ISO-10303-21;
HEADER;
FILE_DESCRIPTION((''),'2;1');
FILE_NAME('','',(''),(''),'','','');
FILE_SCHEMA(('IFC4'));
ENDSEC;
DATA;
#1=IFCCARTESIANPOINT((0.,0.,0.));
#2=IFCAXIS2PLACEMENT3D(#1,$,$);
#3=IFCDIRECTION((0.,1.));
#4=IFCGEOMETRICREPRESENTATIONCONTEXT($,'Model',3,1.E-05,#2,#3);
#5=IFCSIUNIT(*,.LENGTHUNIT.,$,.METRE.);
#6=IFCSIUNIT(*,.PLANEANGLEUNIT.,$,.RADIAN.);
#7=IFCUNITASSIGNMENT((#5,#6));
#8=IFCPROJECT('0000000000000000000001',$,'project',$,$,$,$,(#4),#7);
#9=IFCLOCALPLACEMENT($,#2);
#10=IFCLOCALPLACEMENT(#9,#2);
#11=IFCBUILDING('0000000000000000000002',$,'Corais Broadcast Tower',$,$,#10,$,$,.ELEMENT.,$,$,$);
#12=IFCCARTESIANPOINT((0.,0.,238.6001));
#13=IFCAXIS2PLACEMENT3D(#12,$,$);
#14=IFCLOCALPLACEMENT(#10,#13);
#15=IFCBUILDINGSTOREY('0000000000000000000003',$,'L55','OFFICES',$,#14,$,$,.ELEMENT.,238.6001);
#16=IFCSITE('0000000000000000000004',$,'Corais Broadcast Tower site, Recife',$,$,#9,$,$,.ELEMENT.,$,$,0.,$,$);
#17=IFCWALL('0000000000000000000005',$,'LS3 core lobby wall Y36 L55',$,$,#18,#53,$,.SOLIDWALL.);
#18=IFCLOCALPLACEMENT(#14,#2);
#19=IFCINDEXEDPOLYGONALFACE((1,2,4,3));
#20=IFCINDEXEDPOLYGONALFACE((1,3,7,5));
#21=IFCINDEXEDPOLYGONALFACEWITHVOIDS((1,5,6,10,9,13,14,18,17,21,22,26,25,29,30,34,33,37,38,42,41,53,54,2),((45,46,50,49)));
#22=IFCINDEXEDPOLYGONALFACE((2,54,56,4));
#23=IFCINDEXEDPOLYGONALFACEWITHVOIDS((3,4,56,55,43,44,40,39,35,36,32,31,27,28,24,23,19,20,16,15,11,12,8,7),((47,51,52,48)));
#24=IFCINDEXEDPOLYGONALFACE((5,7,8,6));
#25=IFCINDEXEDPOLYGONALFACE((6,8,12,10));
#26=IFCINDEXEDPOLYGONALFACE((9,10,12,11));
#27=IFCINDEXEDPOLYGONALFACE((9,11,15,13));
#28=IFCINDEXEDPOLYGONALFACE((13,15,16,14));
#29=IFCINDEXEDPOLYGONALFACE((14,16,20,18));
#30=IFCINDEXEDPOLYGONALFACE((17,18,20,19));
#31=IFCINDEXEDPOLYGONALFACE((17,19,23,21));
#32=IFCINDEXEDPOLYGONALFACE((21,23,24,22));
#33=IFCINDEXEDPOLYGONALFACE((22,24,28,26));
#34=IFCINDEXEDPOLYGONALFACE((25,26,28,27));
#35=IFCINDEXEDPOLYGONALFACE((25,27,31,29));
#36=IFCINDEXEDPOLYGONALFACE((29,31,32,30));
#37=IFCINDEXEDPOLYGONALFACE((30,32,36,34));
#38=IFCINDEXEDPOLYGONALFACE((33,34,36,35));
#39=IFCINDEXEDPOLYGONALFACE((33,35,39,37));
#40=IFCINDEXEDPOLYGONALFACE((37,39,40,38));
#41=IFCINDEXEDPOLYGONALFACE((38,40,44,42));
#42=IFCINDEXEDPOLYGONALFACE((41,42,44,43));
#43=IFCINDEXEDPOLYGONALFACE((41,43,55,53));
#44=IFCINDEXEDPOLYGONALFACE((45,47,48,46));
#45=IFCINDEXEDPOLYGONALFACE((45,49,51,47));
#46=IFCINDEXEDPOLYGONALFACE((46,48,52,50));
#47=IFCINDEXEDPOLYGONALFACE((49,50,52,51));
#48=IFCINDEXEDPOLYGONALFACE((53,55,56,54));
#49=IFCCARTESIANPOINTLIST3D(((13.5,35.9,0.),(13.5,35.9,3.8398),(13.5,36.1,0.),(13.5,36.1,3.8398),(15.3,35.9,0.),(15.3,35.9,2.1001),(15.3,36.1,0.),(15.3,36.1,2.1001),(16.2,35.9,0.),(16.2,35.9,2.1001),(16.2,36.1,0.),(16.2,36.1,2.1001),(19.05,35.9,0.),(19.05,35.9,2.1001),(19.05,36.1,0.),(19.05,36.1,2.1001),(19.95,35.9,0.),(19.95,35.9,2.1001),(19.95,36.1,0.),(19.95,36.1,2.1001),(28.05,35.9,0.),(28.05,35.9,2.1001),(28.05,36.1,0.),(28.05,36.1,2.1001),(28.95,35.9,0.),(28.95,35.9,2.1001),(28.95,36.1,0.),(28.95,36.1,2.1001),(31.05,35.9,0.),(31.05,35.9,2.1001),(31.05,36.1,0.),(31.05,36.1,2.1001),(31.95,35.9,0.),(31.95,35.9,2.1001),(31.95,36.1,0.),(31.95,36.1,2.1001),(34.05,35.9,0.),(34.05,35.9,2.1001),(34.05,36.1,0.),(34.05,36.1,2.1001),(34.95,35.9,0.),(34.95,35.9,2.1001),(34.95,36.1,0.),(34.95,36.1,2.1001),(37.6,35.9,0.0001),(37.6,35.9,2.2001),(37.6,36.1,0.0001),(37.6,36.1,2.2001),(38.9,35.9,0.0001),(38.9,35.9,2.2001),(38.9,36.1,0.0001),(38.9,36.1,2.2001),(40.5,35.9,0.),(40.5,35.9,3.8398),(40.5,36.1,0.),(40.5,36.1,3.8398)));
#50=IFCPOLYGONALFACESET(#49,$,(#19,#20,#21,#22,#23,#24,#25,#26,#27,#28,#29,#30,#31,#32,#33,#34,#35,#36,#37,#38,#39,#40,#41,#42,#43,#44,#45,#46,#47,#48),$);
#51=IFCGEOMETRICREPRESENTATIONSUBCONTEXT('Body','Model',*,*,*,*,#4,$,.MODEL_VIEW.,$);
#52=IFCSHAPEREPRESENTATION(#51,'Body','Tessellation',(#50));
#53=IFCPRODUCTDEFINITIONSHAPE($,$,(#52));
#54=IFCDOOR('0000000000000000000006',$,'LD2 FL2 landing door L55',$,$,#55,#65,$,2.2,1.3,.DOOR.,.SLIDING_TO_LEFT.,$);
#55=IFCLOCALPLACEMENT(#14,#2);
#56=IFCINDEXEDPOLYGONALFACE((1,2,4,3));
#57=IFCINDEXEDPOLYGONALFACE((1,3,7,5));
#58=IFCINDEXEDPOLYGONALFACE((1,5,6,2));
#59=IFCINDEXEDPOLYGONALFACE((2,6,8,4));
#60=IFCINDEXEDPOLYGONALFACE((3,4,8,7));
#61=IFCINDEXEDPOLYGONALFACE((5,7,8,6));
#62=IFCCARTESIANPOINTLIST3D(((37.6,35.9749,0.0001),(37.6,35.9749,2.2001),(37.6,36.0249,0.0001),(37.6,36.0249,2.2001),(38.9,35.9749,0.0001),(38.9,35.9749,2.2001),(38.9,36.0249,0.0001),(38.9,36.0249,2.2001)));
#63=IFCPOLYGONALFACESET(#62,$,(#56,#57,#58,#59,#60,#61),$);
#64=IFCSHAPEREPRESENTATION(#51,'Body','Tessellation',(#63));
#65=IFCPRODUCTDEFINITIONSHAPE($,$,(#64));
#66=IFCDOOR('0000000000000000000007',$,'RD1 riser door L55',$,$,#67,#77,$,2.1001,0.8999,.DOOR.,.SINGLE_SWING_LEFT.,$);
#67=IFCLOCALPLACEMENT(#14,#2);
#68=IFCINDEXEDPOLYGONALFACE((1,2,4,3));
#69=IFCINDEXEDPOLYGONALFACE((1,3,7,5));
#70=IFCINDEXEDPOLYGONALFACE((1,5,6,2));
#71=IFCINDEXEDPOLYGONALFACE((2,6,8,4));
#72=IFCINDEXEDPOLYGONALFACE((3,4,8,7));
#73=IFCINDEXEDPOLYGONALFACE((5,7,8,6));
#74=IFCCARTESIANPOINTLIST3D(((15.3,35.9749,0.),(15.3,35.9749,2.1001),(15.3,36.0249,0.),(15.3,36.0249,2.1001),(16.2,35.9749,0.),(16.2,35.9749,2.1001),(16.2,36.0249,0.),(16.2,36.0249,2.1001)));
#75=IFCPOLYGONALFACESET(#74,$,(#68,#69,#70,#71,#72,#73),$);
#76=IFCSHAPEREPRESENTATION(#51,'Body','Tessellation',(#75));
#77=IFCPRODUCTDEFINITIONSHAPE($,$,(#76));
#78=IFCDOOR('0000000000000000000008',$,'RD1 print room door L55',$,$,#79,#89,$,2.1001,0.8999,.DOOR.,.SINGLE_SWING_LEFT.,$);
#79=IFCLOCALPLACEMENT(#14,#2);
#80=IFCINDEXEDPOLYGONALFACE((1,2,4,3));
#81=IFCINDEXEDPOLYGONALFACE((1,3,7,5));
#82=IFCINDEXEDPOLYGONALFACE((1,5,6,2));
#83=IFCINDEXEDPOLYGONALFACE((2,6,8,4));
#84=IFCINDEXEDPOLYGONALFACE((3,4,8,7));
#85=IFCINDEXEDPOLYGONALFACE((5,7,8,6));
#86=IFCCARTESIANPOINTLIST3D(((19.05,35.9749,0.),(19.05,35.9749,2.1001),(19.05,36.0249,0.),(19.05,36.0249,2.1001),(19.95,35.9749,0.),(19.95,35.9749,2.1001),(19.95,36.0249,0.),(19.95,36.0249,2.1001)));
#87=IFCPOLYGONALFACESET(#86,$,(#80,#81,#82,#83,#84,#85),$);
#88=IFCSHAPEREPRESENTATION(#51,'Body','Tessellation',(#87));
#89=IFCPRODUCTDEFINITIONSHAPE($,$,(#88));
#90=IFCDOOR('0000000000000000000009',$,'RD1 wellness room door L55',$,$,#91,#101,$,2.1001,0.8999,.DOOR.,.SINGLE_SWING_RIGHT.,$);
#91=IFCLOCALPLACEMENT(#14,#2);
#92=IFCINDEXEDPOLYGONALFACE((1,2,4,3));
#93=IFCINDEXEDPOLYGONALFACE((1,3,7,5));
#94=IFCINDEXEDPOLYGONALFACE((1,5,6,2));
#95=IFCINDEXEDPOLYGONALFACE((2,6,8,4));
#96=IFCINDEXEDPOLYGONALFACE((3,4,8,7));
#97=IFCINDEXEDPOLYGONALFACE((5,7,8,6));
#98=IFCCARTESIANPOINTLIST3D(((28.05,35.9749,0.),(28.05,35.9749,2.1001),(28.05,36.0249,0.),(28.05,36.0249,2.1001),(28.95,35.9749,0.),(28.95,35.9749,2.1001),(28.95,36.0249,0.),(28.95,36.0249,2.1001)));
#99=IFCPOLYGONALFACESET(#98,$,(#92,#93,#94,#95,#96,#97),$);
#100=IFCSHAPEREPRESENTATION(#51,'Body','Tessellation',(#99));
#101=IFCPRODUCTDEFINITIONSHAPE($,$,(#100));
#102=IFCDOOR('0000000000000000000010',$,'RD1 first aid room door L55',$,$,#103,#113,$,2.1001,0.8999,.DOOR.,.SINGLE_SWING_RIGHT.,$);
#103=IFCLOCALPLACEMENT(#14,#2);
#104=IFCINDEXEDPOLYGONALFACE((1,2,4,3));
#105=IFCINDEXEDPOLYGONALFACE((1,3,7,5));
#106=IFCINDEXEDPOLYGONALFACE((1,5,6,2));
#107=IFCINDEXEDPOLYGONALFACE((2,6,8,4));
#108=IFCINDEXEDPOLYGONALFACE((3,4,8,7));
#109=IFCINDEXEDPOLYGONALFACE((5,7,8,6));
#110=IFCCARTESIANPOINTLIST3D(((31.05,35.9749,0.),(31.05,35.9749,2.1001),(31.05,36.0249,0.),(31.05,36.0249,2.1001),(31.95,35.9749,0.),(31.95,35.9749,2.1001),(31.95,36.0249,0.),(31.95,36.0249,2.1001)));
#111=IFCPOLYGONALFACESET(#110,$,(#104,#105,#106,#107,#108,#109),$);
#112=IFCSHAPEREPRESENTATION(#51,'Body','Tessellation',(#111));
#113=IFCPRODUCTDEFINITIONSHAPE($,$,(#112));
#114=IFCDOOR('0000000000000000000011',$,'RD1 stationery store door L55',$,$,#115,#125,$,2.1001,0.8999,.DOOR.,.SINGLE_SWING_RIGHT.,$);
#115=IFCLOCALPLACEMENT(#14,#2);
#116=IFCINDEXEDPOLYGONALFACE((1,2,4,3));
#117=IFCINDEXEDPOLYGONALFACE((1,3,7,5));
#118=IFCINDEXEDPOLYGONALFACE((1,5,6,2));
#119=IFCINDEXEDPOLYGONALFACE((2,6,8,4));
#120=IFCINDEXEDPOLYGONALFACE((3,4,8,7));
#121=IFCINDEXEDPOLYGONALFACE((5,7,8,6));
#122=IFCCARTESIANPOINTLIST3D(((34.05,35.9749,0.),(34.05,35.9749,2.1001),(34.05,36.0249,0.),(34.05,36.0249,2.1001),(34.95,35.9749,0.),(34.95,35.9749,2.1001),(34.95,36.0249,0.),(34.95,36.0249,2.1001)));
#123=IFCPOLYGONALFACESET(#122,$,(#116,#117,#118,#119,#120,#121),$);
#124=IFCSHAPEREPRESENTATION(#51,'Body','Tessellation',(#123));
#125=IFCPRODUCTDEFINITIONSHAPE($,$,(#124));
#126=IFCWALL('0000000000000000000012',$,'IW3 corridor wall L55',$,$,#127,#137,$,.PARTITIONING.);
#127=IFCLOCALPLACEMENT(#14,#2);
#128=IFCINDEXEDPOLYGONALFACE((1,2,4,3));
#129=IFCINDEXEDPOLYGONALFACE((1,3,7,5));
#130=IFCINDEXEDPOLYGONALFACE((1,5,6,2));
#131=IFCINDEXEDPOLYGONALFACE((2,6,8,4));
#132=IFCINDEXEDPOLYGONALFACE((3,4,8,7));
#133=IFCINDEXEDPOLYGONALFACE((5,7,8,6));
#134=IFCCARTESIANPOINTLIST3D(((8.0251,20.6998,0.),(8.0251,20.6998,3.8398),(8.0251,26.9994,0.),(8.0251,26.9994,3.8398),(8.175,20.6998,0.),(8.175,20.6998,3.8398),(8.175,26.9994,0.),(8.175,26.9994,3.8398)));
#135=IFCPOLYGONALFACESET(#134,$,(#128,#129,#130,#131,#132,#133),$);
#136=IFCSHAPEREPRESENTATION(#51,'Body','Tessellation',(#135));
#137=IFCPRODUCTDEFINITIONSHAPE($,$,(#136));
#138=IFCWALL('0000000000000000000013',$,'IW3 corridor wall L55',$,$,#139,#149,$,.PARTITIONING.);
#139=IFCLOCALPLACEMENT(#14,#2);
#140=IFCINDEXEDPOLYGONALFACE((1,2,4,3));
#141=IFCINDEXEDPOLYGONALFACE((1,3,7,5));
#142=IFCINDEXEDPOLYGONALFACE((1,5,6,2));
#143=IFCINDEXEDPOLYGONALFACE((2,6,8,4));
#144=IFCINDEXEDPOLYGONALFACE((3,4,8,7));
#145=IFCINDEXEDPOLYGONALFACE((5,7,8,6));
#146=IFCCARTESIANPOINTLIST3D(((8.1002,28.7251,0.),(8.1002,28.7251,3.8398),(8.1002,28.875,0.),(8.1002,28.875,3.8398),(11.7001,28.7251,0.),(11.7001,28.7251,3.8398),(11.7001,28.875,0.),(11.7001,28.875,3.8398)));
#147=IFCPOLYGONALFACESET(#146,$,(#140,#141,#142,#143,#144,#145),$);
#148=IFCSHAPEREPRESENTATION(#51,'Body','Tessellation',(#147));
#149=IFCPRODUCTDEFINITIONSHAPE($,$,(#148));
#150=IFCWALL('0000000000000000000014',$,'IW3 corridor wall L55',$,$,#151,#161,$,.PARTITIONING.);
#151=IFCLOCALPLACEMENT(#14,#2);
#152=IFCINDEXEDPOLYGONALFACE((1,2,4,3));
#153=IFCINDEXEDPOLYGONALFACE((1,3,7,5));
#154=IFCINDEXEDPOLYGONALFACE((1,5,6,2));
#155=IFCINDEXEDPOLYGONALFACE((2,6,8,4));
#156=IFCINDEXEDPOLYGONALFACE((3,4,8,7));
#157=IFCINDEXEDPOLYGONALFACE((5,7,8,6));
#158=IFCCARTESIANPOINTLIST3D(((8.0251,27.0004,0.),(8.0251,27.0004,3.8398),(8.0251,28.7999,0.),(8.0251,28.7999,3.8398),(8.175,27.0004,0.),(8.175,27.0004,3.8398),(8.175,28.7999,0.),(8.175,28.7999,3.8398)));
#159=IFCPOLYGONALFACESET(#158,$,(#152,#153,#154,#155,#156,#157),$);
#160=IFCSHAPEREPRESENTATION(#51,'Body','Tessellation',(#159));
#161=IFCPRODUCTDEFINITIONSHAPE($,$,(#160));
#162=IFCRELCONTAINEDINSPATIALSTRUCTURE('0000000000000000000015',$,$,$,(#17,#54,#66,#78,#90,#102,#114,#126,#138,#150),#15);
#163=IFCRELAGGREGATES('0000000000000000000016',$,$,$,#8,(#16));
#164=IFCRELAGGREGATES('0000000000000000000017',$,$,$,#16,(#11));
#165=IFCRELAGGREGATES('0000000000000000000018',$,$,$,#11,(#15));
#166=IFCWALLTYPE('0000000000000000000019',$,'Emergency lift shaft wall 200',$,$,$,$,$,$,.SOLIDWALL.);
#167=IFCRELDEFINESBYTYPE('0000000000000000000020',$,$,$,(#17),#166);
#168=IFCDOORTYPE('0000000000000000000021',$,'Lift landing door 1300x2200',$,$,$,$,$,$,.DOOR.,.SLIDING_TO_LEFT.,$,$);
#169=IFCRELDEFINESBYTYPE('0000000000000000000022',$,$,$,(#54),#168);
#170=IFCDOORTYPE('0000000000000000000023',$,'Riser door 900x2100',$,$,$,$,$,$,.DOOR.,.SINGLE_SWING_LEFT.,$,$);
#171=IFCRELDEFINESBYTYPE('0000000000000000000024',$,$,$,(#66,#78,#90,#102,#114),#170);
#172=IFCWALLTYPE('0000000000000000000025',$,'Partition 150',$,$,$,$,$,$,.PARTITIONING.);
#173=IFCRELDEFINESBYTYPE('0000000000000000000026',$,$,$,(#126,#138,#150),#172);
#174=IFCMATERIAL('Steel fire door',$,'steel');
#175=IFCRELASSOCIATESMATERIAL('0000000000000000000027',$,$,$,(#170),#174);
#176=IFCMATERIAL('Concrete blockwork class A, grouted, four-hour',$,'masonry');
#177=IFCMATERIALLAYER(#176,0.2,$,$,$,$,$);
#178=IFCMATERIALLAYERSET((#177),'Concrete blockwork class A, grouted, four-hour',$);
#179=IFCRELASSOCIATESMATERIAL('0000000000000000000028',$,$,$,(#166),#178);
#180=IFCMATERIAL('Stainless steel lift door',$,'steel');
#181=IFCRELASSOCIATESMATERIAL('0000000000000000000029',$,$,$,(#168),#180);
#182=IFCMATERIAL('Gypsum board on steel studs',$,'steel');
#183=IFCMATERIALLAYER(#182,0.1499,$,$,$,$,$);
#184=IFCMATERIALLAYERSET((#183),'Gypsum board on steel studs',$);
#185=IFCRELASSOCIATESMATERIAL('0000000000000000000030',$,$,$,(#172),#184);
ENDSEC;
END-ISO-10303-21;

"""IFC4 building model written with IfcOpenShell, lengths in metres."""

from ifc_helpers import new_model, si_unit, direction, frame, frame_2d, origin, place, context, subcontext, project, spatial, rectangle, extrude, material, layer, layer_set, type_object, element, fill, save


model = new_model("IFC4")

# Units and contexts
model_context = context("Model", 3, precision=1e-05, world=origin(), true_north=direction((0.0, 1.0)))
body_context = subcontext(model_context, "Body", "Model", "MODEL_VIEW")
ifc_project = project(units=[si_unit("LENGTHUNIT", "METRE"), si_unit("PLANEANGLEUNIT", "RADIAN")], contexts=[model_context])

# Site, building, storey
site_placement = place(None, origin())
site = spatial("IfcSite", under=ifc_project, at=site_placement, Name="Corais Broadcast Tower site, Recife", CompositionType="ELEMENT", RefElevation=0.0)
building_placement = place(site_placement, origin())
building = spatial("IfcBuilding", under=site, at=building_placement, Name="Corais Broadcast Tower", CompositionType="ELEMENT")
storey_placement = place(building_placement, frame((0.0, 0.0, 238.6001)))
storey = spatial("IfcBuildingStorey", under=building, at=storey_placement, Name="L55", Description="OFFICES", CompositionType="ELEMENT", Elevation=238.6001)

# Wall, openings, doors
ifc_material_1 = material(Name="Steel fire door", Category="steel")
door_type_1 = type_object("IfcDoorType", Name="Riser door 900x2100", OperationType="SINGLE_SWING_LEFT", PredefinedType="DOOR", material=ifc_material_1)
ifc_material_2 = material(Name="Concrete blockwork class A, grouted, four-hour", Category="masonry")
ifc_layer_1 = layer(ifc_material_2, 0.2)
ifc_layer_set_1 = layer_set([ifc_layer_1], Name="Concrete blockwork class A, grouted, four-hour")
wall_type_1 = type_object("IfcWallType", Name="Emergency lift shaft wall 200", PredefinedType="SOLIDWALL", material=ifc_layer_set_1)
wall_1_placement = place(storey_placement, frame((13.5, 36.0, 0.0), z_axis=(0.0, 0.0, 1.0), x_axis=(1.0, 0.0, 0.0)))
wall_1 = element("IfcWall", 1, at=wall_1_placement, inside=storey, type_object=wall_type_1, Name="LS3 core lobby wall Y36 L55", PredefinedType="SOLIDWALL", context=body_context, shape_type="SweptSolid", body=[
    extrude(rectangle(XDim=27.0, YDim=0.2, at=frame_2d((13.5, 0.0))), origin(), (0.0, 0.0, 1.0), 3.8398),
])
opening_1_placement = place(wall_1_placement, frame((1.8, 0.0, 0.0)))
opening_1 = element("IfcOpeningElement", 2, at=opening_1_placement, cuts=wall_1, PredefinedType="OPENING", context=body_context, shape_type="SweptSolid", body=[
    extrude(rectangle(XDim=0.8999, YDim=2.1001, at=frame_2d((0.45, 1.05))), frame((0.0, 0.1099, 0.0), z_axis=(0.0, -1.0, 0.0), x_axis=(1.0, 0.0, 0.0)), (0.0, 0.0, 1.0), 0.22),
])
opening_2_placement = place(wall_1_placement, frame((5.55, 0.0, 0.0)))
opening_2 = element("IfcOpeningElement", 3, at=opening_2_placement, cuts=wall_1, PredefinedType="OPENING", context=body_context, shape_type="SweptSolid", body=[
    extrude(rectangle(XDim=0.8999, YDim=2.1001, at=frame_2d((0.45, 1.05))), frame((0.0, 0.1099, 0.0), z_axis=(0.0, -1.0, 0.0), x_axis=(1.0, 0.0, 0.0)), (0.0, 0.0, 1.0), 0.22),
])
opening_3_placement = place(wall_1_placement, frame((14.55, 0.0, 0.0)))
opening_3 = element("IfcOpeningElement", 4, at=opening_3_placement, cuts=wall_1, PredefinedType="OPENING", context=body_context, shape_type="SweptSolid", body=[
    extrude(rectangle(XDim=0.8999, YDim=2.1001, at=frame_2d((0.45, 1.05))), frame((0.0, 0.1099, 0.0), z_axis=(0.0, -1.0, 0.0), x_axis=(1.0, 0.0, 0.0)), (0.0, 0.0, 1.0), 0.22),
])
opening_4_placement = place(wall_1_placement, frame((17.55, 0.0, 0.0)))
opening_4 = element("IfcOpeningElement", 5, at=opening_4_placement, cuts=wall_1, PredefinedType="OPENING", context=body_context, shape_type="SweptSolid", body=[
    extrude(rectangle(XDim=0.8999, YDim=2.1001, at=frame_2d((0.45, 1.05))), frame((0.0, 0.1099, 0.0), z_axis=(0.0, -1.0, 0.0), x_axis=(1.0, 0.0, 0.0)), (0.0, 0.0, 1.0), 0.22),
])
opening_5_placement = place(wall_1_placement, frame((20.55, 0.0, 0.0)))
opening_5 = element("IfcOpeningElement", 6, at=opening_5_placement, cuts=wall_1, PredefinedType="OPENING", context=body_context, shape_type="SweptSolid", body=[
    extrude(rectangle(XDim=0.8999, YDim=2.1001, at=frame_2d((0.45, 1.05))), frame((0.0, 0.1099, 0.0), z_axis=(0.0, -1.0, 0.0), x_axis=(1.0, 0.0, 0.0)), (0.0, 0.0, 1.0), 0.22),
])
opening_6_placement = place(wall_1_placement, frame((24.1001, 0.0, 0.0)))
opening_6 = element("IfcOpeningElement", 7, at=opening_6_placement, cuts=wall_1, PredefinedType="OPENING", context=body_context, shape_type="SweptSolid", body=[
    extrude(rectangle(XDim=1.3, YDim=2.2, at=frame_2d((0.6499, 1.1001))), frame((0.0, 0.1099, 0.0), z_axis=(0.0, -1.0, 0.0), x_axis=(1.0, 0.0, 0.0)), (0.0, 0.0, 1.0), 0.22),
])
ifc_material_3 = material(Name="Stainless steel lift door", Category="steel")
door_type_2 = type_object("IfcDoorType", Name="Lift landing door 1300x2200", OperationType="SLIDING_TO_LEFT", PredefinedType="DOOR", material=ifc_material_3)
door_1_placement = place(opening_6_placement, origin())
door_1 = element("IfcDoor", 8, at=door_1_placement, inside=storey, type_object=door_type_2, Name="LD2 FL2 landing door L55", OperationType="SLIDING_TO_LEFT", OverallHeight=2.2, OverallWidth=1.3, PredefinedType="DOOR", context=body_context, shape_type="SweptSolid", body=[
    extrude(rectangle(XDim=1.3, YDim=2.2, at=frame_2d((0.6499, 1.1001))), frame((0.0, 0.0249, 0.0), z_axis=(0.0, -1.0, 0.0), x_axis=(1.0, 0.0, 0.0)), (0.0, 0.0, 1.0), 0.05),
])
fill(opening_6, door_1)
door_2_placement = place(opening_1_placement, origin())
door_2 = element("IfcDoor", 9, at=door_2_placement, inside=storey, type_object=door_type_1, Name="RD1 riser door L55", OperationType="SINGLE_SWING_LEFT", OverallHeight=2.1001, OverallWidth=0.8999, PredefinedType="DOOR", context=body_context, shape_type="SweptSolid", body=[
    extrude(rectangle(XDim=0.8999, YDim=2.1001, at=frame_2d((0.45, 1.05))), frame((0.0, 0.0249, 0.0), z_axis=(0.0, -1.0, 0.0), x_axis=(1.0, 0.0, 0.0)), (0.0, 0.0, 1.0), 0.05),
])
fill(opening_1, door_2)
door_3_placement = place(opening_2_placement, origin())
door_3 = element("IfcDoor", 10, at=door_3_placement, inside=storey, type_object=door_type_1, Name="RD1 print room door L55", OperationType="SINGLE_SWING_LEFT", OverallHeight=2.1001, OverallWidth=0.8999, PredefinedType="DOOR", context=body_context, shape_type="SweptSolid", body=[
    extrude(rectangle(XDim=0.8999, YDim=2.1001, at=frame_2d((0.45, 1.05))), frame((0.0, 0.0249, 0.0), z_axis=(0.0, -1.0, 0.0), x_axis=(1.0, 0.0, 0.0)), (0.0, 0.0, 1.0), 0.05),
])
fill(opening_2, door_3)
door_4_placement = place(opening_3_placement, origin())
door_4 = element("IfcDoor", 11, at=door_4_placement, inside=storey, type_object=door_type_1, Name="RD1 wellness room door L55", OperationType="SINGLE_SWING_RIGHT", OverallHeight=2.1001, OverallWidth=0.8999, PredefinedType="DOOR", context=body_context, shape_type="SweptSolid", body=[
    extrude(rectangle(XDim=0.8999, YDim=2.1001, at=frame_2d((0.45, 1.05))), frame((0.0, 0.0249, 0.0), z_axis=(0.0, -1.0, 0.0), x_axis=(1.0, 0.0, 0.0)), (0.0, 0.0, 1.0), 0.05),
])
fill(opening_3, door_4)
door_5_placement = place(opening_4_placement, origin())
door_5 = element("IfcDoor", 12, at=door_5_placement, inside=storey, type_object=door_type_1, Name="RD1 first aid room door L55", OperationType="SINGLE_SWING_RIGHT", OverallHeight=2.1001, OverallWidth=0.8999, PredefinedType="DOOR", context=body_context, shape_type="SweptSolid", body=[
    extrude(rectangle(XDim=0.8999, YDim=2.1001, at=frame_2d((0.45, 1.05))), frame((0.0, 0.0249, 0.0), z_axis=(0.0, -1.0, 0.0), x_axis=(1.0, 0.0, 0.0)), (0.0, 0.0, 1.0), 0.05),
])
fill(opening_4, door_5)
door_6_placement = place(opening_5_placement, origin())
door_6 = element("IfcDoor", 13, at=door_6_placement, inside=storey, type_object=door_type_1, Name="RD1 stationery store door L55", OperationType="SINGLE_SWING_RIGHT", OverallHeight=2.1001, OverallWidth=0.8999, PredefinedType="DOOR", context=body_context, shape_type="SweptSolid", body=[
    extrude(rectangle(XDim=0.8999, YDim=2.1001, at=frame_2d((0.45, 1.05))), frame((0.0, 0.0249, 0.0), z_axis=(0.0, -1.0, 0.0), x_axis=(1.0, 0.0, 0.0)), (0.0, 0.0, 1.0), 0.05),
])
fill(opening_5, door_6)

# Walls
ifc_material_4 = material(Name="Gypsum board on steel studs", Category="steel")
ifc_layer_2 = layer(ifc_material_4, 0.1499)
ifc_layer_set_2 = layer_set([ifc_layer_2], Name="Gypsum board on steel studs")
wall_type_2 = type_object("IfcWallType", Name="Partition 150", PredefinedType="PARTITIONING", material=ifc_layer_set_2)
wall_2_placement = place(storey_placement, frame((8.1001, 26.9995, 0.0), z_axis=(0.0, 0.0, 1.0), x_axis=(0.0, -1.0, 0.0)))
element("IfcWall", 14, at=wall_2_placement, inside=storey, type_object=wall_type_2, Name="IW3 corridor wall L55", PredefinedType="PARTITIONING", context=body_context, shape_type="SweptSolid", body=[
    extrude(rectangle(XDim=6.2996, YDim=0.1499, at=frame_2d((3.1499, 0.0))), origin(), (0.0, 0.0, 1.0), 3.8398),
])
wall_3_placement = place(storey_placement, frame((11.7, 28.8, 0.0), z_axis=(0.0, 0.0, 1.0), x_axis=(-1.0, 0.0, 0.0)))
element("IfcWall", 15, at=wall_3_placement, inside=storey, type_object=wall_type_2, Name="IW3 corridor wall L55", PredefinedType="PARTITIONING", context=body_context, shape_type="SweptSolid", body=[
    extrude(rectangle(XDim=3.5999, YDim=0.1499, at=frame_2d((1.7998, 0.0))), origin(), (0.0, 0.0, 1.0), 3.8398),
])
wall_4_placement = place(storey_placement, frame((8.1001, 28.8, 0.0), z_axis=(0.0, 0.0, 1.0), x_axis=(0.0, -1.0, 0.0)))
element("IfcWall", 16, at=wall_4_placement, inside=storey, type_object=wall_type_2, Name="IW3 corridor wall L55", PredefinedType="PARTITIONING", context=body_context, shape_type="SweptSolid", body=[
    extrude(rectangle(XDim=1.7996, YDim=0.1499, at=frame_2d((0.8999, 0.0))), origin(), (0.0, 0.0, 1.0), 3.8398),
])

save(model, "model.ifc")
